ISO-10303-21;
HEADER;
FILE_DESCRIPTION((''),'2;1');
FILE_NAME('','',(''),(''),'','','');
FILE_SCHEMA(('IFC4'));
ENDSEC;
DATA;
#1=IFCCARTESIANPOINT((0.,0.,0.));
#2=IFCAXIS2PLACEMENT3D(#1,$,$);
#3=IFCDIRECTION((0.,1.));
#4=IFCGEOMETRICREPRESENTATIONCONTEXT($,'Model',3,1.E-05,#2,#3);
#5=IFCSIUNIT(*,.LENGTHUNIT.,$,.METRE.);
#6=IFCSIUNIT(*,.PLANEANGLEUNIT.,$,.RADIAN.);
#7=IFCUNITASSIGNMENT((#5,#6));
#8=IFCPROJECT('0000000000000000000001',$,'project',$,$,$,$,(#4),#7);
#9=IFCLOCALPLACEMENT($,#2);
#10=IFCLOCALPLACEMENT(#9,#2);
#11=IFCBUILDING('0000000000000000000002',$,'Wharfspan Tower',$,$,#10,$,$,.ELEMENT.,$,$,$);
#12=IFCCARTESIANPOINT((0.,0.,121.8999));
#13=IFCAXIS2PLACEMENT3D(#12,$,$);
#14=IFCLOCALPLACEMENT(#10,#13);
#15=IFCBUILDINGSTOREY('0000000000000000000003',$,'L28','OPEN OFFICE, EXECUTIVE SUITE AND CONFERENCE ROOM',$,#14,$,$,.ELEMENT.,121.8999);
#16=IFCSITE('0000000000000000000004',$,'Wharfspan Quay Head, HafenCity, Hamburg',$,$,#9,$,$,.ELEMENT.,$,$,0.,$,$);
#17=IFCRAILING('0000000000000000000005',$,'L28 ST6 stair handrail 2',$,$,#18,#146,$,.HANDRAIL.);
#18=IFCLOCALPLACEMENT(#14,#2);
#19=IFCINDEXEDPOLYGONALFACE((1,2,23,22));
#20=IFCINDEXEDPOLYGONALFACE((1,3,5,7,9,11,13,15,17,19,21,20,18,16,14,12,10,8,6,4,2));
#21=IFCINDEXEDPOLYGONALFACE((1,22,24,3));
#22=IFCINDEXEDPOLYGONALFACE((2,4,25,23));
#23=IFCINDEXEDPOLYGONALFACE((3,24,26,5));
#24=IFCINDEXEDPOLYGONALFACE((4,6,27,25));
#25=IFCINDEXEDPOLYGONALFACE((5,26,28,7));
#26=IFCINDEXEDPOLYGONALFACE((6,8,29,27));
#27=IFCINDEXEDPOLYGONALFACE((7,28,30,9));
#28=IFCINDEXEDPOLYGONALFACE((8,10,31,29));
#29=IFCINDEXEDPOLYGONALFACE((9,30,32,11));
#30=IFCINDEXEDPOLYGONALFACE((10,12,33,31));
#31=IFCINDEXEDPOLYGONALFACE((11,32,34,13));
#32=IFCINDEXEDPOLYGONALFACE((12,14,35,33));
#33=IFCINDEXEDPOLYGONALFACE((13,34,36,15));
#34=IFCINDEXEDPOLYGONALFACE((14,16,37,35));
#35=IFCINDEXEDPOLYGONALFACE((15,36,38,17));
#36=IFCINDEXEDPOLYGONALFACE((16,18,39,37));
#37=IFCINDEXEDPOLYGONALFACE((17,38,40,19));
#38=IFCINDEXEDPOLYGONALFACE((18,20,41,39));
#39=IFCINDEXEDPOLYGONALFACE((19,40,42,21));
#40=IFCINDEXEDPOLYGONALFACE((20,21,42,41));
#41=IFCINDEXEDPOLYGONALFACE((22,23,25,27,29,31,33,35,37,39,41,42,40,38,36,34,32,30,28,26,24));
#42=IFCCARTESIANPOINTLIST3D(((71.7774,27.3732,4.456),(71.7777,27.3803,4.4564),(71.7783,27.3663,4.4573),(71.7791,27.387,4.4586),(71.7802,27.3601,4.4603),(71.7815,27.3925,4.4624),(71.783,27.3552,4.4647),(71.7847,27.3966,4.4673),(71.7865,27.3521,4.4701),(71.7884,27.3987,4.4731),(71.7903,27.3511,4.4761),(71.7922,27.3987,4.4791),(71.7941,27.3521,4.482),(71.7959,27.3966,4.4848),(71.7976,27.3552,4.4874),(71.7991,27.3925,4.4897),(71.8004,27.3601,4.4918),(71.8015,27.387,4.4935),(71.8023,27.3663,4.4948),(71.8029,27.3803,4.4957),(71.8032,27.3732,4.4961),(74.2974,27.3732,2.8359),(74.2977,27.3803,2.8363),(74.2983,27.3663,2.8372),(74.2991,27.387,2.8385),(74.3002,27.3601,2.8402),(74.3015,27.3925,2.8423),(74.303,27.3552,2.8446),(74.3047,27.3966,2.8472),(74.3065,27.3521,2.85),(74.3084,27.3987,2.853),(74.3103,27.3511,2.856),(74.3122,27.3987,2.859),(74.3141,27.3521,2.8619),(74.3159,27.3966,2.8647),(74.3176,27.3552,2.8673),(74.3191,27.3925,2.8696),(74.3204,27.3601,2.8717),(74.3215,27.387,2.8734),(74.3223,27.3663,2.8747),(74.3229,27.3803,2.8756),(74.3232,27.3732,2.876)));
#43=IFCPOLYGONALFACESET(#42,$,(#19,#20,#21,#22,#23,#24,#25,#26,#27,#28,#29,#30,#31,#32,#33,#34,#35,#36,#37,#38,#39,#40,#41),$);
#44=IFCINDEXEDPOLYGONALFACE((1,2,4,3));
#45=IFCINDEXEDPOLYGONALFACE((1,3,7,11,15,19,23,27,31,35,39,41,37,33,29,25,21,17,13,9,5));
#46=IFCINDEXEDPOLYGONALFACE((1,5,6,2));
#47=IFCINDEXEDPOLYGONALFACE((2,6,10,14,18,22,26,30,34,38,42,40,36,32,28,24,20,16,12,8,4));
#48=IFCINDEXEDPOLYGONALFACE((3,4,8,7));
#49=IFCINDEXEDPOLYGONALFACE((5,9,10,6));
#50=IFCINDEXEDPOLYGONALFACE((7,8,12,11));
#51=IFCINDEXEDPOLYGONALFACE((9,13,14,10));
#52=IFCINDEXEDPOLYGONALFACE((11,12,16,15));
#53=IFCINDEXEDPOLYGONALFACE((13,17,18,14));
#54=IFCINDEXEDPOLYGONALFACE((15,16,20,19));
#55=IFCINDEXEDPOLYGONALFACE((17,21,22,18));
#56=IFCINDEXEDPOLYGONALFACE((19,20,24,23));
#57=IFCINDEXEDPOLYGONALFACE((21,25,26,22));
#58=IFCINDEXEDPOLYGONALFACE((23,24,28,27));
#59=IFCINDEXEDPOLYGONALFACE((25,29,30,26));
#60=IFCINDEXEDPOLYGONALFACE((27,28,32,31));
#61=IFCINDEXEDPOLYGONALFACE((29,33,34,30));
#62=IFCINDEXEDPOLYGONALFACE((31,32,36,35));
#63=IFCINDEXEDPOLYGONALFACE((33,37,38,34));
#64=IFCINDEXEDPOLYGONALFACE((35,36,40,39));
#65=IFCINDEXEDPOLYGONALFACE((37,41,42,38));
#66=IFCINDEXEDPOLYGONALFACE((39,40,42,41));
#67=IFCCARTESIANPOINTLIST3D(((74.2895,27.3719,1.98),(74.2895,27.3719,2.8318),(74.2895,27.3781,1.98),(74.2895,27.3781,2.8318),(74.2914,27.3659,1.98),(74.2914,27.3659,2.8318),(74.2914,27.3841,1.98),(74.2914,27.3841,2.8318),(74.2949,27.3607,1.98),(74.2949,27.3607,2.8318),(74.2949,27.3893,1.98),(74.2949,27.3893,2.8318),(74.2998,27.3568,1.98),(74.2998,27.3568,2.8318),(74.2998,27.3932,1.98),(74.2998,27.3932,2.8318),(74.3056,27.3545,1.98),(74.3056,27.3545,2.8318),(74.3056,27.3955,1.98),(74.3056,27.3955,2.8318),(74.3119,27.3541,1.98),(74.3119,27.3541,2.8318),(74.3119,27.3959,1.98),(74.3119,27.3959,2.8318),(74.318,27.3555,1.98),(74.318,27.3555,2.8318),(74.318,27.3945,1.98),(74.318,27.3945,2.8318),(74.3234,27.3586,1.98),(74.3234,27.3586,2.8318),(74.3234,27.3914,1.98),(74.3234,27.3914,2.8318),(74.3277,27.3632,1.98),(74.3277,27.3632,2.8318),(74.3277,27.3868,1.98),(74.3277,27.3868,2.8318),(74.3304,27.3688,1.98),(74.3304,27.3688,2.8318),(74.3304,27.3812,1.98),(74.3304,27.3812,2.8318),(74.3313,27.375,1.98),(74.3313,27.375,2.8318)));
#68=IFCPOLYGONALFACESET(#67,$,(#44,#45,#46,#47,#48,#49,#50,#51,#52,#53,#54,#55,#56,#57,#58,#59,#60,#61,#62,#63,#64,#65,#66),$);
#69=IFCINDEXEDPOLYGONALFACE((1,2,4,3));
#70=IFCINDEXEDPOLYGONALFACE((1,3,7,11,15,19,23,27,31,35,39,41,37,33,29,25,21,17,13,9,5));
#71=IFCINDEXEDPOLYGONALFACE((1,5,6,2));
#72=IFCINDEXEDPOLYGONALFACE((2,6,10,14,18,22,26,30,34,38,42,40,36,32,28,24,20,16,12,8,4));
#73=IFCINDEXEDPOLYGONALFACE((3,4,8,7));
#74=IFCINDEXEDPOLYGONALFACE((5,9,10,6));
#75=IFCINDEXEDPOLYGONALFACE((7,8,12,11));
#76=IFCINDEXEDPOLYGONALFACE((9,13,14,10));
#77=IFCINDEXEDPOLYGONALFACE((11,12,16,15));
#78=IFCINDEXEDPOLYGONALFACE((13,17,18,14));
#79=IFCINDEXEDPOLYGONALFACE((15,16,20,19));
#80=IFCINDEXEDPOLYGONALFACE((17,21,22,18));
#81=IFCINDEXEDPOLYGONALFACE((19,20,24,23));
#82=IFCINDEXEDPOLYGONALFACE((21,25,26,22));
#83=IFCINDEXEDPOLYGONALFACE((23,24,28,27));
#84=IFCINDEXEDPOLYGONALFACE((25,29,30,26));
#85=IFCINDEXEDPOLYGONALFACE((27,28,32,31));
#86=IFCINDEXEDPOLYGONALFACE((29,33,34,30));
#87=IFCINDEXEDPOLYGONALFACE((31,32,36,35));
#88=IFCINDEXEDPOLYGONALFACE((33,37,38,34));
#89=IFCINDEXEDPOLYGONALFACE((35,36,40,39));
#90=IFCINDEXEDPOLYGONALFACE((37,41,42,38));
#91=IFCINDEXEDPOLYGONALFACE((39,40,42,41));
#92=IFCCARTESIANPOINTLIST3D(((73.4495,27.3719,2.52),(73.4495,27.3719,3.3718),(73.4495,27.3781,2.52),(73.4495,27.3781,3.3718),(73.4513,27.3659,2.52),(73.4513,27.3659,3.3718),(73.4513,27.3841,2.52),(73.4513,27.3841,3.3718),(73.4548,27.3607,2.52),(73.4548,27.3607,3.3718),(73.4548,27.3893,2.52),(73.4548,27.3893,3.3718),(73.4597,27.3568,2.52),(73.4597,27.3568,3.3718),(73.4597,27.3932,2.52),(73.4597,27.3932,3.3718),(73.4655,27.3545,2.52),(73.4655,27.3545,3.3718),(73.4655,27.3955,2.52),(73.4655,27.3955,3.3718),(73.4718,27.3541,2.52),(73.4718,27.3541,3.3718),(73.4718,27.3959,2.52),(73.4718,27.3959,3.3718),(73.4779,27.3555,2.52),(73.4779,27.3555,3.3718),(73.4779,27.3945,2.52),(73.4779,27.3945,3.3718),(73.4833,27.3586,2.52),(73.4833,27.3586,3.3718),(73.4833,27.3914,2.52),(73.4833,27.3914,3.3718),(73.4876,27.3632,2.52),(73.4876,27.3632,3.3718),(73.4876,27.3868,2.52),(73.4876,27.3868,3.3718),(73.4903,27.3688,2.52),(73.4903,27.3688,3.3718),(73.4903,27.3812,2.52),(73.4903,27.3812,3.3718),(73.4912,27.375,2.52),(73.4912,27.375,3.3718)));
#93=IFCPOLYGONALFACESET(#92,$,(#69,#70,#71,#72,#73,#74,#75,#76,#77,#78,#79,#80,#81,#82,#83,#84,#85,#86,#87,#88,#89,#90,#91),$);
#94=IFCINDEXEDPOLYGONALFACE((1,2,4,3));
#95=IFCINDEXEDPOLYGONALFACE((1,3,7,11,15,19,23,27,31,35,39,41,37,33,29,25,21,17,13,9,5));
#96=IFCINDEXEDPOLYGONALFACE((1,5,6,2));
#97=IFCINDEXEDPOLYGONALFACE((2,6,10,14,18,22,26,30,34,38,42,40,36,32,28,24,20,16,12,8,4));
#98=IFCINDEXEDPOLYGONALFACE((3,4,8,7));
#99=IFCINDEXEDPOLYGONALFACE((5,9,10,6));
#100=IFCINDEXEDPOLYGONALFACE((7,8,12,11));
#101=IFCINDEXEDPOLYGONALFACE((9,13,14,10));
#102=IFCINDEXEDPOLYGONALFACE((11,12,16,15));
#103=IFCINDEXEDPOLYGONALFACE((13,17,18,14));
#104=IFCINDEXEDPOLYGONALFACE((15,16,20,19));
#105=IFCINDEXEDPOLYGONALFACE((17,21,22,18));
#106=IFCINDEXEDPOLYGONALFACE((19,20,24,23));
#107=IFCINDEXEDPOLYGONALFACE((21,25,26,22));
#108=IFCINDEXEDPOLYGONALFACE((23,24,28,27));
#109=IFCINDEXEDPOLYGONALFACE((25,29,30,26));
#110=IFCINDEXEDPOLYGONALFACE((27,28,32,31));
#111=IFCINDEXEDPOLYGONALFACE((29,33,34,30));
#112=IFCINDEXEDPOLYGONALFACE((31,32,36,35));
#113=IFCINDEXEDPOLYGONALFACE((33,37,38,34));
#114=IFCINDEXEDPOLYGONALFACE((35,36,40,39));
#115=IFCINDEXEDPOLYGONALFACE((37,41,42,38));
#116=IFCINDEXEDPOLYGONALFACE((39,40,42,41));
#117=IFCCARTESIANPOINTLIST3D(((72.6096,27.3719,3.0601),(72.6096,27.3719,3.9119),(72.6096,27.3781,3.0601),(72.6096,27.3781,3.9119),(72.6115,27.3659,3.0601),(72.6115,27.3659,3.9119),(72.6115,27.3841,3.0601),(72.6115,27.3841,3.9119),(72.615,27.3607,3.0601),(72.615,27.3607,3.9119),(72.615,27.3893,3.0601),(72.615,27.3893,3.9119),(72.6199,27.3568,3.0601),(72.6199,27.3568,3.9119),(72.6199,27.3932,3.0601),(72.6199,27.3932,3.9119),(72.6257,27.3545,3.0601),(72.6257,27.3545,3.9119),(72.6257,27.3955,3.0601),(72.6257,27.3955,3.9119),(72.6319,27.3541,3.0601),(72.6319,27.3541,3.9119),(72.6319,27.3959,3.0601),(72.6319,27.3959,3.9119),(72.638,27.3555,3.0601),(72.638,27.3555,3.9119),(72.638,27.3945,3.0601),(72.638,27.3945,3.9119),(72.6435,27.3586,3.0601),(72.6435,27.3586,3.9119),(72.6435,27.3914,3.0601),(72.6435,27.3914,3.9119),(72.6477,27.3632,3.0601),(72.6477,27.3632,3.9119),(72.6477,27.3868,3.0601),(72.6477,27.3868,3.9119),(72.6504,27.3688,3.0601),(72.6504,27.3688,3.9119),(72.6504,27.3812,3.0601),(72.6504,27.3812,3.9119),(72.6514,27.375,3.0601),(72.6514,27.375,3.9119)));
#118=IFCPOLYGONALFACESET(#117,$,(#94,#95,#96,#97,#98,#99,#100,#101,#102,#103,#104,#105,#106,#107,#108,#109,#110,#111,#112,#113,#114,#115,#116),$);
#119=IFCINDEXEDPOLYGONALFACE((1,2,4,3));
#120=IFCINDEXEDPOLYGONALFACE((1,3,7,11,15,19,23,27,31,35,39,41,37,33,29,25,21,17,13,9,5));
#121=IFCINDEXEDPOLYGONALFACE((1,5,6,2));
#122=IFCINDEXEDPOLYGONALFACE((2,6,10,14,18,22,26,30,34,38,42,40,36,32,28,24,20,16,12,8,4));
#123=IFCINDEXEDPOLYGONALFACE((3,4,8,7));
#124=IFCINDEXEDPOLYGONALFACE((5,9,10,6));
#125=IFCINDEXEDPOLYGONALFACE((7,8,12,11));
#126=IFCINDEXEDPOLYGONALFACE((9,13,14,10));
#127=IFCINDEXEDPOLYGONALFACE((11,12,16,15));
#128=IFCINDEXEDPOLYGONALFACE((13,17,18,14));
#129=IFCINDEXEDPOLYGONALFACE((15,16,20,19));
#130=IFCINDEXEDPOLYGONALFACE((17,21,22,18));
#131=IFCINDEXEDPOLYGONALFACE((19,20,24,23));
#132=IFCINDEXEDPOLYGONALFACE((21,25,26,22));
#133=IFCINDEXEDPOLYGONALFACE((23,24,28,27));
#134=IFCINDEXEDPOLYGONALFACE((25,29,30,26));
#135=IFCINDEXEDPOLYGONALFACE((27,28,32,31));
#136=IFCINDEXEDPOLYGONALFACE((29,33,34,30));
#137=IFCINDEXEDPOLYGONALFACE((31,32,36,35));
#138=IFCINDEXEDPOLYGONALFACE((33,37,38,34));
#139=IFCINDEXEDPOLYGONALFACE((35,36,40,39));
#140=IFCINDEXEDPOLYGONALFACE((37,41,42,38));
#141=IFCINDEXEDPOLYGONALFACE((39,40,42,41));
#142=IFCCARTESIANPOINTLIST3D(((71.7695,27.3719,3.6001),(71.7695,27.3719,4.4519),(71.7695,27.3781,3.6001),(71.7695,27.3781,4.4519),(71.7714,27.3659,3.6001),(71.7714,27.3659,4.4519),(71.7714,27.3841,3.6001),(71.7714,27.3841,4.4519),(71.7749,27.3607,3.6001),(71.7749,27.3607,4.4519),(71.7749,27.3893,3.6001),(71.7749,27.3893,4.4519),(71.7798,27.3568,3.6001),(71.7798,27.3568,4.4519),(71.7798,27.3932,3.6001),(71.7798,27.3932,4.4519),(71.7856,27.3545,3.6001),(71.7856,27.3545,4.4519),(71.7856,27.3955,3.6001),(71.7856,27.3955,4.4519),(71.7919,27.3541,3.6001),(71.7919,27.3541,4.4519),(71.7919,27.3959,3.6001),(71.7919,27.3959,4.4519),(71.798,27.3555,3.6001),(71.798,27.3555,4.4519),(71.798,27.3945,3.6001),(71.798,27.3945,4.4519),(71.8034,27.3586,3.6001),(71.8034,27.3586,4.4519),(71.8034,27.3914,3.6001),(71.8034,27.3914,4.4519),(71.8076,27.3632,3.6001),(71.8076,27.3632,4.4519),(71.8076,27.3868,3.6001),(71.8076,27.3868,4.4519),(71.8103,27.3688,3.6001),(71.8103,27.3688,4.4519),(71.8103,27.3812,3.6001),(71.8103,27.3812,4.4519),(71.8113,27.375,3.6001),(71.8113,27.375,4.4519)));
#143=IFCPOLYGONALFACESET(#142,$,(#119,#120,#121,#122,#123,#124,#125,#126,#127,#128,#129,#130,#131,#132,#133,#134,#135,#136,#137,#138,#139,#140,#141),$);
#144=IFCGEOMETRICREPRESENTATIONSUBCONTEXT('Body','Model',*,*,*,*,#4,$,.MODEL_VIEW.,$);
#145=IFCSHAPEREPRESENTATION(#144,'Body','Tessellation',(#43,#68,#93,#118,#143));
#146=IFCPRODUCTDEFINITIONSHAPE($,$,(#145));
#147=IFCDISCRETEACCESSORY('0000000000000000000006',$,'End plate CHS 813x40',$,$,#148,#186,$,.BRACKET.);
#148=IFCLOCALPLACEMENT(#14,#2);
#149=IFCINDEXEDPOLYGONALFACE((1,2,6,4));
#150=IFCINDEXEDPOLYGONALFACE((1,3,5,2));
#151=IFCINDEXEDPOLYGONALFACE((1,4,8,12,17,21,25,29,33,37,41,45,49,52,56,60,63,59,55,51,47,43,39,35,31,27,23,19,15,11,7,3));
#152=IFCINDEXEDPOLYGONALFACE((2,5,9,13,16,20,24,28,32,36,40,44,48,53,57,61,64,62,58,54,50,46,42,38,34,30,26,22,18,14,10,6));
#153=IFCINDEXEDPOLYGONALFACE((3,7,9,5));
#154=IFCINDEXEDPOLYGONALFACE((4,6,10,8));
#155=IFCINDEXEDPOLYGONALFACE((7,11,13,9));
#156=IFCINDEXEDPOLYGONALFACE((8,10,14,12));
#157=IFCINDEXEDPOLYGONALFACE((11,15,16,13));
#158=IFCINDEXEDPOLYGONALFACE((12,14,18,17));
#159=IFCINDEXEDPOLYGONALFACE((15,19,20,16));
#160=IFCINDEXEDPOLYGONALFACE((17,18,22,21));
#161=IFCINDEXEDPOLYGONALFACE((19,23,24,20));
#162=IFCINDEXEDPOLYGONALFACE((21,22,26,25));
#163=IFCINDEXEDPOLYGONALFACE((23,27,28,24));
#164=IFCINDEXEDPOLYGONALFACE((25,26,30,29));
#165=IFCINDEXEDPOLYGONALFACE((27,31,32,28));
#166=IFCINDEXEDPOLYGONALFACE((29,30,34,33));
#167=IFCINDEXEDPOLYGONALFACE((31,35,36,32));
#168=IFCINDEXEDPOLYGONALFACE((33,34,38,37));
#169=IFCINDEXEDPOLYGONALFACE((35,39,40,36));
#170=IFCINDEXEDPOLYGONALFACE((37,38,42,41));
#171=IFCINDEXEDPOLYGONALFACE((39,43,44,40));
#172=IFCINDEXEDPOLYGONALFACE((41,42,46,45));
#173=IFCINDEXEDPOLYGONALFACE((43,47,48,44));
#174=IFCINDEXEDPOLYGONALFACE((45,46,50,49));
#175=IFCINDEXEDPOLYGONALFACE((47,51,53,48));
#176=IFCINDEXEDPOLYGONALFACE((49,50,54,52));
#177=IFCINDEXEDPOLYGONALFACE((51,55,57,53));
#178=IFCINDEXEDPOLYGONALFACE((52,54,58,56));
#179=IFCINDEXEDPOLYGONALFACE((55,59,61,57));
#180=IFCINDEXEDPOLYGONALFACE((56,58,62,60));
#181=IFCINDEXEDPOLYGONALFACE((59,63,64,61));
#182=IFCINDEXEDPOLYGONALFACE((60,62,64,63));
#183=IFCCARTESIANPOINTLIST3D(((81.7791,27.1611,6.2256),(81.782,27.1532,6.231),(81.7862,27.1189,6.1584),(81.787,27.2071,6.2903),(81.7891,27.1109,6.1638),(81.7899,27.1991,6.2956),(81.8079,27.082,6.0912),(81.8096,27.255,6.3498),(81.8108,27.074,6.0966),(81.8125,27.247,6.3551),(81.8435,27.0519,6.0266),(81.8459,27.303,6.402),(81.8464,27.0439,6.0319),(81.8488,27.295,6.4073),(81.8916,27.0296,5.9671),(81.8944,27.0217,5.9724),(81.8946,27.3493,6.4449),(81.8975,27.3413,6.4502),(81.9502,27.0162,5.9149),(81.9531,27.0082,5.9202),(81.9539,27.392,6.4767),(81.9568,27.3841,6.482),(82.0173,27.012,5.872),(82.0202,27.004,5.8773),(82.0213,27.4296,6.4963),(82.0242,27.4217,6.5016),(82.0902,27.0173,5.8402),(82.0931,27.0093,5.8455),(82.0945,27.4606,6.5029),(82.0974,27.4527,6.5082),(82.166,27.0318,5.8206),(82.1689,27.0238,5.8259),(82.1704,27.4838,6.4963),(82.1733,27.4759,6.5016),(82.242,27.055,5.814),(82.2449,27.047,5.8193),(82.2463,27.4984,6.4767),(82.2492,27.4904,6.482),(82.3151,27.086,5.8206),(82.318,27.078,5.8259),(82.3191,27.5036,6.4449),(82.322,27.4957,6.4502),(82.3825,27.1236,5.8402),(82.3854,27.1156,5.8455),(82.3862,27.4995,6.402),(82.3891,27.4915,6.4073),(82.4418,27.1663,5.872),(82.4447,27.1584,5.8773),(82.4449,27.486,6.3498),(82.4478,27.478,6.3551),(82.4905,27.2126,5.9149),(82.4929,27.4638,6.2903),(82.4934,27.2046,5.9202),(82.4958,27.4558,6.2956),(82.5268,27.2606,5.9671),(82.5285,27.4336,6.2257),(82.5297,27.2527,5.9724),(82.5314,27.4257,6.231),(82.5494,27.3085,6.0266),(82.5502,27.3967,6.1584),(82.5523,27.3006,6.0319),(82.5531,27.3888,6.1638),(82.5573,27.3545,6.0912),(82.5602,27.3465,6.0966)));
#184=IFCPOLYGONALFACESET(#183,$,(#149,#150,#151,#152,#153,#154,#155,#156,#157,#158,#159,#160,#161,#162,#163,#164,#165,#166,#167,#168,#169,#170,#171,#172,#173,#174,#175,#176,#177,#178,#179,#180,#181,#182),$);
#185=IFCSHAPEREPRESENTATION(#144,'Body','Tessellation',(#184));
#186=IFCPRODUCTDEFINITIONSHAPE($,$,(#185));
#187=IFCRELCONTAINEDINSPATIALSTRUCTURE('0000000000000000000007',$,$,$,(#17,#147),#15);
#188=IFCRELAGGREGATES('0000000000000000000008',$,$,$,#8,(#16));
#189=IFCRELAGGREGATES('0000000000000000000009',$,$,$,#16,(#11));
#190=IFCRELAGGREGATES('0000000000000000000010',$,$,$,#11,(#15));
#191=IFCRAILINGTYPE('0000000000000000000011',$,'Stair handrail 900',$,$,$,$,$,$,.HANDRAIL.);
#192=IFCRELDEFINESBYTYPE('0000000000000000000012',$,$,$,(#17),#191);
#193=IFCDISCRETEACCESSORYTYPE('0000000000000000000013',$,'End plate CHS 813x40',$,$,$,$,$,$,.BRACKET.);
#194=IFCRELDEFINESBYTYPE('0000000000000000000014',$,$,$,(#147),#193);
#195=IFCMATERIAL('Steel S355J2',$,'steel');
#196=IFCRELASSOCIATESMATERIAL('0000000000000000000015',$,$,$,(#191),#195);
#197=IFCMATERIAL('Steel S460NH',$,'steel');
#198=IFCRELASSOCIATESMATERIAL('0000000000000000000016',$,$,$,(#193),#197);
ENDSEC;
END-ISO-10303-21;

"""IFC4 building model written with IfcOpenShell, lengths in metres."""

from ifc_helpers import new_model, si_unit, direction, frame, origin, origin_2d, place, context, subcontext, project, spatial, circle, extrude, material, material_profile, profile_set, type_object, element, save


model = new_model("IFC4")

# Units and contexts
model_context = context("Model", 3, precision=1e-05, world=origin(), true_north=direction((0.0, 1.0)))
body_context = subcontext(model_context, "Body", "Model", "MODEL_VIEW")
ifc_project = project(units=[si_unit("LENGTHUNIT", "METRE"), si_unit("PLANEANGLEUNIT", "RADIAN")], contexts=[model_context])

# Site, building, storey
site_placement = place(None, origin())
site = spatial("IfcSite", under=ifc_project, at=site_placement, Name="Wharfspan Quay Head, HafenCity, Hamburg", CompositionType="ELEMENT", RefElevation=0.0)
building_placement = place(site_placement, origin())
building = spatial("IfcBuilding", under=site, at=building_placement, Name="Wharfspan Tower", CompositionType="ELEMENT")
storey_placement = place(building_placement, frame((0.0, 0.0, 121.8999)))
storey = spatial("IfcBuildingStorey", under=building, at=storey_placement, Name="L28", Description="OPEN OFFICE, EXECUTIVE SUITE AND CONFERENCE ROOM", CompositionType="ELEMENT", Elevation=121.8999)

# Shared definitions
ifc_material_1 = material(Name="Steel S355J2", Category="steel")

# Shared definitions
ifc_material_2 = material(Name="Steel S460NH", Category="steel")

# Railing
railing_type = type_object("IfcRailingType", Name="Stair handrail 900", PredefinedType="HANDRAIL", material=ifc_material_1)
railing_placement = place(storey_placement, frame((74.3103, 27.375, 1.98)))
element("IfcRailing", 1, at=railing_placement, inside=storey, type_object=railing_type, Name="L28 ST6 stair handrail 2", PredefinedType="HANDRAIL", context=body_context, shape_type="SweptSolid", body=[
    extrude(circle(Radius=0.0239, at=origin_2d()), frame((0.0, 0.0, 0.876), z_axis=(-0.841163, 0.0, 0.540782), x_axis=(0.0, -1.0, 0.0)), (0.0, 0.0, 1.0), 2.9958),
    extrude(circle(Radius=0.021, at=origin_2d()), origin(), (0.0, 0.0, 1.0), 0.8518),
    extrude(circle(Radius=0.021, at=origin_2d()), frame((-0.8401, 0.0, 0.54)), (0.0, 0.0, 1.0), 0.8518),
    extrude(circle(Radius=0.021, at=origin_2d()), frame((-1.6799, 0.0, 1.0801)), (0.0, 0.0, 1.0), 0.8518),
    extrude(circle(Radius=0.021, at=origin_2d()), frame((-2.52, 0.0, 1.6201)), (0.0, 0.0, 1.0), 0.8518),
])

# Discrete accessory
ifc_material_profile_1 = material_profile(ifc_material_2, circle(Radius=0.4065, at=origin_2d()))
ifc_profile_set_1 = profile_set([ifc_material_profile_1], Name="Steel S460NH")
discrete_accessory_type = type_object("IfcDiscreteAccessoryType", Name="End plate CHS 813x40", PredefinedType="BRACKET", material=ifc_profile_set_1)
discrete_accessory_placement = place(storey_placement, frame((82.1682, 27.2578, 6.1584), z_axis=(0.289598, -0.796395, 0.53093), x_axis=(0.939792, 0.341743, 0.000001)))
element("IfcDiscreteAccessory", 2, at=discrete_accessory_placement, inside=storey, type_object=discrete_accessory_type, Name="End plate CHS 813x40", PredefinedType="BRACKET", context=body_context, shape_type="SweptSolid", body=[
    extrude(circle(Radius=0.4065, at=origin_2d()), origin(), (0.0, 0.0, 1.0), 0.01),
])

save(model, "model.ifc")
